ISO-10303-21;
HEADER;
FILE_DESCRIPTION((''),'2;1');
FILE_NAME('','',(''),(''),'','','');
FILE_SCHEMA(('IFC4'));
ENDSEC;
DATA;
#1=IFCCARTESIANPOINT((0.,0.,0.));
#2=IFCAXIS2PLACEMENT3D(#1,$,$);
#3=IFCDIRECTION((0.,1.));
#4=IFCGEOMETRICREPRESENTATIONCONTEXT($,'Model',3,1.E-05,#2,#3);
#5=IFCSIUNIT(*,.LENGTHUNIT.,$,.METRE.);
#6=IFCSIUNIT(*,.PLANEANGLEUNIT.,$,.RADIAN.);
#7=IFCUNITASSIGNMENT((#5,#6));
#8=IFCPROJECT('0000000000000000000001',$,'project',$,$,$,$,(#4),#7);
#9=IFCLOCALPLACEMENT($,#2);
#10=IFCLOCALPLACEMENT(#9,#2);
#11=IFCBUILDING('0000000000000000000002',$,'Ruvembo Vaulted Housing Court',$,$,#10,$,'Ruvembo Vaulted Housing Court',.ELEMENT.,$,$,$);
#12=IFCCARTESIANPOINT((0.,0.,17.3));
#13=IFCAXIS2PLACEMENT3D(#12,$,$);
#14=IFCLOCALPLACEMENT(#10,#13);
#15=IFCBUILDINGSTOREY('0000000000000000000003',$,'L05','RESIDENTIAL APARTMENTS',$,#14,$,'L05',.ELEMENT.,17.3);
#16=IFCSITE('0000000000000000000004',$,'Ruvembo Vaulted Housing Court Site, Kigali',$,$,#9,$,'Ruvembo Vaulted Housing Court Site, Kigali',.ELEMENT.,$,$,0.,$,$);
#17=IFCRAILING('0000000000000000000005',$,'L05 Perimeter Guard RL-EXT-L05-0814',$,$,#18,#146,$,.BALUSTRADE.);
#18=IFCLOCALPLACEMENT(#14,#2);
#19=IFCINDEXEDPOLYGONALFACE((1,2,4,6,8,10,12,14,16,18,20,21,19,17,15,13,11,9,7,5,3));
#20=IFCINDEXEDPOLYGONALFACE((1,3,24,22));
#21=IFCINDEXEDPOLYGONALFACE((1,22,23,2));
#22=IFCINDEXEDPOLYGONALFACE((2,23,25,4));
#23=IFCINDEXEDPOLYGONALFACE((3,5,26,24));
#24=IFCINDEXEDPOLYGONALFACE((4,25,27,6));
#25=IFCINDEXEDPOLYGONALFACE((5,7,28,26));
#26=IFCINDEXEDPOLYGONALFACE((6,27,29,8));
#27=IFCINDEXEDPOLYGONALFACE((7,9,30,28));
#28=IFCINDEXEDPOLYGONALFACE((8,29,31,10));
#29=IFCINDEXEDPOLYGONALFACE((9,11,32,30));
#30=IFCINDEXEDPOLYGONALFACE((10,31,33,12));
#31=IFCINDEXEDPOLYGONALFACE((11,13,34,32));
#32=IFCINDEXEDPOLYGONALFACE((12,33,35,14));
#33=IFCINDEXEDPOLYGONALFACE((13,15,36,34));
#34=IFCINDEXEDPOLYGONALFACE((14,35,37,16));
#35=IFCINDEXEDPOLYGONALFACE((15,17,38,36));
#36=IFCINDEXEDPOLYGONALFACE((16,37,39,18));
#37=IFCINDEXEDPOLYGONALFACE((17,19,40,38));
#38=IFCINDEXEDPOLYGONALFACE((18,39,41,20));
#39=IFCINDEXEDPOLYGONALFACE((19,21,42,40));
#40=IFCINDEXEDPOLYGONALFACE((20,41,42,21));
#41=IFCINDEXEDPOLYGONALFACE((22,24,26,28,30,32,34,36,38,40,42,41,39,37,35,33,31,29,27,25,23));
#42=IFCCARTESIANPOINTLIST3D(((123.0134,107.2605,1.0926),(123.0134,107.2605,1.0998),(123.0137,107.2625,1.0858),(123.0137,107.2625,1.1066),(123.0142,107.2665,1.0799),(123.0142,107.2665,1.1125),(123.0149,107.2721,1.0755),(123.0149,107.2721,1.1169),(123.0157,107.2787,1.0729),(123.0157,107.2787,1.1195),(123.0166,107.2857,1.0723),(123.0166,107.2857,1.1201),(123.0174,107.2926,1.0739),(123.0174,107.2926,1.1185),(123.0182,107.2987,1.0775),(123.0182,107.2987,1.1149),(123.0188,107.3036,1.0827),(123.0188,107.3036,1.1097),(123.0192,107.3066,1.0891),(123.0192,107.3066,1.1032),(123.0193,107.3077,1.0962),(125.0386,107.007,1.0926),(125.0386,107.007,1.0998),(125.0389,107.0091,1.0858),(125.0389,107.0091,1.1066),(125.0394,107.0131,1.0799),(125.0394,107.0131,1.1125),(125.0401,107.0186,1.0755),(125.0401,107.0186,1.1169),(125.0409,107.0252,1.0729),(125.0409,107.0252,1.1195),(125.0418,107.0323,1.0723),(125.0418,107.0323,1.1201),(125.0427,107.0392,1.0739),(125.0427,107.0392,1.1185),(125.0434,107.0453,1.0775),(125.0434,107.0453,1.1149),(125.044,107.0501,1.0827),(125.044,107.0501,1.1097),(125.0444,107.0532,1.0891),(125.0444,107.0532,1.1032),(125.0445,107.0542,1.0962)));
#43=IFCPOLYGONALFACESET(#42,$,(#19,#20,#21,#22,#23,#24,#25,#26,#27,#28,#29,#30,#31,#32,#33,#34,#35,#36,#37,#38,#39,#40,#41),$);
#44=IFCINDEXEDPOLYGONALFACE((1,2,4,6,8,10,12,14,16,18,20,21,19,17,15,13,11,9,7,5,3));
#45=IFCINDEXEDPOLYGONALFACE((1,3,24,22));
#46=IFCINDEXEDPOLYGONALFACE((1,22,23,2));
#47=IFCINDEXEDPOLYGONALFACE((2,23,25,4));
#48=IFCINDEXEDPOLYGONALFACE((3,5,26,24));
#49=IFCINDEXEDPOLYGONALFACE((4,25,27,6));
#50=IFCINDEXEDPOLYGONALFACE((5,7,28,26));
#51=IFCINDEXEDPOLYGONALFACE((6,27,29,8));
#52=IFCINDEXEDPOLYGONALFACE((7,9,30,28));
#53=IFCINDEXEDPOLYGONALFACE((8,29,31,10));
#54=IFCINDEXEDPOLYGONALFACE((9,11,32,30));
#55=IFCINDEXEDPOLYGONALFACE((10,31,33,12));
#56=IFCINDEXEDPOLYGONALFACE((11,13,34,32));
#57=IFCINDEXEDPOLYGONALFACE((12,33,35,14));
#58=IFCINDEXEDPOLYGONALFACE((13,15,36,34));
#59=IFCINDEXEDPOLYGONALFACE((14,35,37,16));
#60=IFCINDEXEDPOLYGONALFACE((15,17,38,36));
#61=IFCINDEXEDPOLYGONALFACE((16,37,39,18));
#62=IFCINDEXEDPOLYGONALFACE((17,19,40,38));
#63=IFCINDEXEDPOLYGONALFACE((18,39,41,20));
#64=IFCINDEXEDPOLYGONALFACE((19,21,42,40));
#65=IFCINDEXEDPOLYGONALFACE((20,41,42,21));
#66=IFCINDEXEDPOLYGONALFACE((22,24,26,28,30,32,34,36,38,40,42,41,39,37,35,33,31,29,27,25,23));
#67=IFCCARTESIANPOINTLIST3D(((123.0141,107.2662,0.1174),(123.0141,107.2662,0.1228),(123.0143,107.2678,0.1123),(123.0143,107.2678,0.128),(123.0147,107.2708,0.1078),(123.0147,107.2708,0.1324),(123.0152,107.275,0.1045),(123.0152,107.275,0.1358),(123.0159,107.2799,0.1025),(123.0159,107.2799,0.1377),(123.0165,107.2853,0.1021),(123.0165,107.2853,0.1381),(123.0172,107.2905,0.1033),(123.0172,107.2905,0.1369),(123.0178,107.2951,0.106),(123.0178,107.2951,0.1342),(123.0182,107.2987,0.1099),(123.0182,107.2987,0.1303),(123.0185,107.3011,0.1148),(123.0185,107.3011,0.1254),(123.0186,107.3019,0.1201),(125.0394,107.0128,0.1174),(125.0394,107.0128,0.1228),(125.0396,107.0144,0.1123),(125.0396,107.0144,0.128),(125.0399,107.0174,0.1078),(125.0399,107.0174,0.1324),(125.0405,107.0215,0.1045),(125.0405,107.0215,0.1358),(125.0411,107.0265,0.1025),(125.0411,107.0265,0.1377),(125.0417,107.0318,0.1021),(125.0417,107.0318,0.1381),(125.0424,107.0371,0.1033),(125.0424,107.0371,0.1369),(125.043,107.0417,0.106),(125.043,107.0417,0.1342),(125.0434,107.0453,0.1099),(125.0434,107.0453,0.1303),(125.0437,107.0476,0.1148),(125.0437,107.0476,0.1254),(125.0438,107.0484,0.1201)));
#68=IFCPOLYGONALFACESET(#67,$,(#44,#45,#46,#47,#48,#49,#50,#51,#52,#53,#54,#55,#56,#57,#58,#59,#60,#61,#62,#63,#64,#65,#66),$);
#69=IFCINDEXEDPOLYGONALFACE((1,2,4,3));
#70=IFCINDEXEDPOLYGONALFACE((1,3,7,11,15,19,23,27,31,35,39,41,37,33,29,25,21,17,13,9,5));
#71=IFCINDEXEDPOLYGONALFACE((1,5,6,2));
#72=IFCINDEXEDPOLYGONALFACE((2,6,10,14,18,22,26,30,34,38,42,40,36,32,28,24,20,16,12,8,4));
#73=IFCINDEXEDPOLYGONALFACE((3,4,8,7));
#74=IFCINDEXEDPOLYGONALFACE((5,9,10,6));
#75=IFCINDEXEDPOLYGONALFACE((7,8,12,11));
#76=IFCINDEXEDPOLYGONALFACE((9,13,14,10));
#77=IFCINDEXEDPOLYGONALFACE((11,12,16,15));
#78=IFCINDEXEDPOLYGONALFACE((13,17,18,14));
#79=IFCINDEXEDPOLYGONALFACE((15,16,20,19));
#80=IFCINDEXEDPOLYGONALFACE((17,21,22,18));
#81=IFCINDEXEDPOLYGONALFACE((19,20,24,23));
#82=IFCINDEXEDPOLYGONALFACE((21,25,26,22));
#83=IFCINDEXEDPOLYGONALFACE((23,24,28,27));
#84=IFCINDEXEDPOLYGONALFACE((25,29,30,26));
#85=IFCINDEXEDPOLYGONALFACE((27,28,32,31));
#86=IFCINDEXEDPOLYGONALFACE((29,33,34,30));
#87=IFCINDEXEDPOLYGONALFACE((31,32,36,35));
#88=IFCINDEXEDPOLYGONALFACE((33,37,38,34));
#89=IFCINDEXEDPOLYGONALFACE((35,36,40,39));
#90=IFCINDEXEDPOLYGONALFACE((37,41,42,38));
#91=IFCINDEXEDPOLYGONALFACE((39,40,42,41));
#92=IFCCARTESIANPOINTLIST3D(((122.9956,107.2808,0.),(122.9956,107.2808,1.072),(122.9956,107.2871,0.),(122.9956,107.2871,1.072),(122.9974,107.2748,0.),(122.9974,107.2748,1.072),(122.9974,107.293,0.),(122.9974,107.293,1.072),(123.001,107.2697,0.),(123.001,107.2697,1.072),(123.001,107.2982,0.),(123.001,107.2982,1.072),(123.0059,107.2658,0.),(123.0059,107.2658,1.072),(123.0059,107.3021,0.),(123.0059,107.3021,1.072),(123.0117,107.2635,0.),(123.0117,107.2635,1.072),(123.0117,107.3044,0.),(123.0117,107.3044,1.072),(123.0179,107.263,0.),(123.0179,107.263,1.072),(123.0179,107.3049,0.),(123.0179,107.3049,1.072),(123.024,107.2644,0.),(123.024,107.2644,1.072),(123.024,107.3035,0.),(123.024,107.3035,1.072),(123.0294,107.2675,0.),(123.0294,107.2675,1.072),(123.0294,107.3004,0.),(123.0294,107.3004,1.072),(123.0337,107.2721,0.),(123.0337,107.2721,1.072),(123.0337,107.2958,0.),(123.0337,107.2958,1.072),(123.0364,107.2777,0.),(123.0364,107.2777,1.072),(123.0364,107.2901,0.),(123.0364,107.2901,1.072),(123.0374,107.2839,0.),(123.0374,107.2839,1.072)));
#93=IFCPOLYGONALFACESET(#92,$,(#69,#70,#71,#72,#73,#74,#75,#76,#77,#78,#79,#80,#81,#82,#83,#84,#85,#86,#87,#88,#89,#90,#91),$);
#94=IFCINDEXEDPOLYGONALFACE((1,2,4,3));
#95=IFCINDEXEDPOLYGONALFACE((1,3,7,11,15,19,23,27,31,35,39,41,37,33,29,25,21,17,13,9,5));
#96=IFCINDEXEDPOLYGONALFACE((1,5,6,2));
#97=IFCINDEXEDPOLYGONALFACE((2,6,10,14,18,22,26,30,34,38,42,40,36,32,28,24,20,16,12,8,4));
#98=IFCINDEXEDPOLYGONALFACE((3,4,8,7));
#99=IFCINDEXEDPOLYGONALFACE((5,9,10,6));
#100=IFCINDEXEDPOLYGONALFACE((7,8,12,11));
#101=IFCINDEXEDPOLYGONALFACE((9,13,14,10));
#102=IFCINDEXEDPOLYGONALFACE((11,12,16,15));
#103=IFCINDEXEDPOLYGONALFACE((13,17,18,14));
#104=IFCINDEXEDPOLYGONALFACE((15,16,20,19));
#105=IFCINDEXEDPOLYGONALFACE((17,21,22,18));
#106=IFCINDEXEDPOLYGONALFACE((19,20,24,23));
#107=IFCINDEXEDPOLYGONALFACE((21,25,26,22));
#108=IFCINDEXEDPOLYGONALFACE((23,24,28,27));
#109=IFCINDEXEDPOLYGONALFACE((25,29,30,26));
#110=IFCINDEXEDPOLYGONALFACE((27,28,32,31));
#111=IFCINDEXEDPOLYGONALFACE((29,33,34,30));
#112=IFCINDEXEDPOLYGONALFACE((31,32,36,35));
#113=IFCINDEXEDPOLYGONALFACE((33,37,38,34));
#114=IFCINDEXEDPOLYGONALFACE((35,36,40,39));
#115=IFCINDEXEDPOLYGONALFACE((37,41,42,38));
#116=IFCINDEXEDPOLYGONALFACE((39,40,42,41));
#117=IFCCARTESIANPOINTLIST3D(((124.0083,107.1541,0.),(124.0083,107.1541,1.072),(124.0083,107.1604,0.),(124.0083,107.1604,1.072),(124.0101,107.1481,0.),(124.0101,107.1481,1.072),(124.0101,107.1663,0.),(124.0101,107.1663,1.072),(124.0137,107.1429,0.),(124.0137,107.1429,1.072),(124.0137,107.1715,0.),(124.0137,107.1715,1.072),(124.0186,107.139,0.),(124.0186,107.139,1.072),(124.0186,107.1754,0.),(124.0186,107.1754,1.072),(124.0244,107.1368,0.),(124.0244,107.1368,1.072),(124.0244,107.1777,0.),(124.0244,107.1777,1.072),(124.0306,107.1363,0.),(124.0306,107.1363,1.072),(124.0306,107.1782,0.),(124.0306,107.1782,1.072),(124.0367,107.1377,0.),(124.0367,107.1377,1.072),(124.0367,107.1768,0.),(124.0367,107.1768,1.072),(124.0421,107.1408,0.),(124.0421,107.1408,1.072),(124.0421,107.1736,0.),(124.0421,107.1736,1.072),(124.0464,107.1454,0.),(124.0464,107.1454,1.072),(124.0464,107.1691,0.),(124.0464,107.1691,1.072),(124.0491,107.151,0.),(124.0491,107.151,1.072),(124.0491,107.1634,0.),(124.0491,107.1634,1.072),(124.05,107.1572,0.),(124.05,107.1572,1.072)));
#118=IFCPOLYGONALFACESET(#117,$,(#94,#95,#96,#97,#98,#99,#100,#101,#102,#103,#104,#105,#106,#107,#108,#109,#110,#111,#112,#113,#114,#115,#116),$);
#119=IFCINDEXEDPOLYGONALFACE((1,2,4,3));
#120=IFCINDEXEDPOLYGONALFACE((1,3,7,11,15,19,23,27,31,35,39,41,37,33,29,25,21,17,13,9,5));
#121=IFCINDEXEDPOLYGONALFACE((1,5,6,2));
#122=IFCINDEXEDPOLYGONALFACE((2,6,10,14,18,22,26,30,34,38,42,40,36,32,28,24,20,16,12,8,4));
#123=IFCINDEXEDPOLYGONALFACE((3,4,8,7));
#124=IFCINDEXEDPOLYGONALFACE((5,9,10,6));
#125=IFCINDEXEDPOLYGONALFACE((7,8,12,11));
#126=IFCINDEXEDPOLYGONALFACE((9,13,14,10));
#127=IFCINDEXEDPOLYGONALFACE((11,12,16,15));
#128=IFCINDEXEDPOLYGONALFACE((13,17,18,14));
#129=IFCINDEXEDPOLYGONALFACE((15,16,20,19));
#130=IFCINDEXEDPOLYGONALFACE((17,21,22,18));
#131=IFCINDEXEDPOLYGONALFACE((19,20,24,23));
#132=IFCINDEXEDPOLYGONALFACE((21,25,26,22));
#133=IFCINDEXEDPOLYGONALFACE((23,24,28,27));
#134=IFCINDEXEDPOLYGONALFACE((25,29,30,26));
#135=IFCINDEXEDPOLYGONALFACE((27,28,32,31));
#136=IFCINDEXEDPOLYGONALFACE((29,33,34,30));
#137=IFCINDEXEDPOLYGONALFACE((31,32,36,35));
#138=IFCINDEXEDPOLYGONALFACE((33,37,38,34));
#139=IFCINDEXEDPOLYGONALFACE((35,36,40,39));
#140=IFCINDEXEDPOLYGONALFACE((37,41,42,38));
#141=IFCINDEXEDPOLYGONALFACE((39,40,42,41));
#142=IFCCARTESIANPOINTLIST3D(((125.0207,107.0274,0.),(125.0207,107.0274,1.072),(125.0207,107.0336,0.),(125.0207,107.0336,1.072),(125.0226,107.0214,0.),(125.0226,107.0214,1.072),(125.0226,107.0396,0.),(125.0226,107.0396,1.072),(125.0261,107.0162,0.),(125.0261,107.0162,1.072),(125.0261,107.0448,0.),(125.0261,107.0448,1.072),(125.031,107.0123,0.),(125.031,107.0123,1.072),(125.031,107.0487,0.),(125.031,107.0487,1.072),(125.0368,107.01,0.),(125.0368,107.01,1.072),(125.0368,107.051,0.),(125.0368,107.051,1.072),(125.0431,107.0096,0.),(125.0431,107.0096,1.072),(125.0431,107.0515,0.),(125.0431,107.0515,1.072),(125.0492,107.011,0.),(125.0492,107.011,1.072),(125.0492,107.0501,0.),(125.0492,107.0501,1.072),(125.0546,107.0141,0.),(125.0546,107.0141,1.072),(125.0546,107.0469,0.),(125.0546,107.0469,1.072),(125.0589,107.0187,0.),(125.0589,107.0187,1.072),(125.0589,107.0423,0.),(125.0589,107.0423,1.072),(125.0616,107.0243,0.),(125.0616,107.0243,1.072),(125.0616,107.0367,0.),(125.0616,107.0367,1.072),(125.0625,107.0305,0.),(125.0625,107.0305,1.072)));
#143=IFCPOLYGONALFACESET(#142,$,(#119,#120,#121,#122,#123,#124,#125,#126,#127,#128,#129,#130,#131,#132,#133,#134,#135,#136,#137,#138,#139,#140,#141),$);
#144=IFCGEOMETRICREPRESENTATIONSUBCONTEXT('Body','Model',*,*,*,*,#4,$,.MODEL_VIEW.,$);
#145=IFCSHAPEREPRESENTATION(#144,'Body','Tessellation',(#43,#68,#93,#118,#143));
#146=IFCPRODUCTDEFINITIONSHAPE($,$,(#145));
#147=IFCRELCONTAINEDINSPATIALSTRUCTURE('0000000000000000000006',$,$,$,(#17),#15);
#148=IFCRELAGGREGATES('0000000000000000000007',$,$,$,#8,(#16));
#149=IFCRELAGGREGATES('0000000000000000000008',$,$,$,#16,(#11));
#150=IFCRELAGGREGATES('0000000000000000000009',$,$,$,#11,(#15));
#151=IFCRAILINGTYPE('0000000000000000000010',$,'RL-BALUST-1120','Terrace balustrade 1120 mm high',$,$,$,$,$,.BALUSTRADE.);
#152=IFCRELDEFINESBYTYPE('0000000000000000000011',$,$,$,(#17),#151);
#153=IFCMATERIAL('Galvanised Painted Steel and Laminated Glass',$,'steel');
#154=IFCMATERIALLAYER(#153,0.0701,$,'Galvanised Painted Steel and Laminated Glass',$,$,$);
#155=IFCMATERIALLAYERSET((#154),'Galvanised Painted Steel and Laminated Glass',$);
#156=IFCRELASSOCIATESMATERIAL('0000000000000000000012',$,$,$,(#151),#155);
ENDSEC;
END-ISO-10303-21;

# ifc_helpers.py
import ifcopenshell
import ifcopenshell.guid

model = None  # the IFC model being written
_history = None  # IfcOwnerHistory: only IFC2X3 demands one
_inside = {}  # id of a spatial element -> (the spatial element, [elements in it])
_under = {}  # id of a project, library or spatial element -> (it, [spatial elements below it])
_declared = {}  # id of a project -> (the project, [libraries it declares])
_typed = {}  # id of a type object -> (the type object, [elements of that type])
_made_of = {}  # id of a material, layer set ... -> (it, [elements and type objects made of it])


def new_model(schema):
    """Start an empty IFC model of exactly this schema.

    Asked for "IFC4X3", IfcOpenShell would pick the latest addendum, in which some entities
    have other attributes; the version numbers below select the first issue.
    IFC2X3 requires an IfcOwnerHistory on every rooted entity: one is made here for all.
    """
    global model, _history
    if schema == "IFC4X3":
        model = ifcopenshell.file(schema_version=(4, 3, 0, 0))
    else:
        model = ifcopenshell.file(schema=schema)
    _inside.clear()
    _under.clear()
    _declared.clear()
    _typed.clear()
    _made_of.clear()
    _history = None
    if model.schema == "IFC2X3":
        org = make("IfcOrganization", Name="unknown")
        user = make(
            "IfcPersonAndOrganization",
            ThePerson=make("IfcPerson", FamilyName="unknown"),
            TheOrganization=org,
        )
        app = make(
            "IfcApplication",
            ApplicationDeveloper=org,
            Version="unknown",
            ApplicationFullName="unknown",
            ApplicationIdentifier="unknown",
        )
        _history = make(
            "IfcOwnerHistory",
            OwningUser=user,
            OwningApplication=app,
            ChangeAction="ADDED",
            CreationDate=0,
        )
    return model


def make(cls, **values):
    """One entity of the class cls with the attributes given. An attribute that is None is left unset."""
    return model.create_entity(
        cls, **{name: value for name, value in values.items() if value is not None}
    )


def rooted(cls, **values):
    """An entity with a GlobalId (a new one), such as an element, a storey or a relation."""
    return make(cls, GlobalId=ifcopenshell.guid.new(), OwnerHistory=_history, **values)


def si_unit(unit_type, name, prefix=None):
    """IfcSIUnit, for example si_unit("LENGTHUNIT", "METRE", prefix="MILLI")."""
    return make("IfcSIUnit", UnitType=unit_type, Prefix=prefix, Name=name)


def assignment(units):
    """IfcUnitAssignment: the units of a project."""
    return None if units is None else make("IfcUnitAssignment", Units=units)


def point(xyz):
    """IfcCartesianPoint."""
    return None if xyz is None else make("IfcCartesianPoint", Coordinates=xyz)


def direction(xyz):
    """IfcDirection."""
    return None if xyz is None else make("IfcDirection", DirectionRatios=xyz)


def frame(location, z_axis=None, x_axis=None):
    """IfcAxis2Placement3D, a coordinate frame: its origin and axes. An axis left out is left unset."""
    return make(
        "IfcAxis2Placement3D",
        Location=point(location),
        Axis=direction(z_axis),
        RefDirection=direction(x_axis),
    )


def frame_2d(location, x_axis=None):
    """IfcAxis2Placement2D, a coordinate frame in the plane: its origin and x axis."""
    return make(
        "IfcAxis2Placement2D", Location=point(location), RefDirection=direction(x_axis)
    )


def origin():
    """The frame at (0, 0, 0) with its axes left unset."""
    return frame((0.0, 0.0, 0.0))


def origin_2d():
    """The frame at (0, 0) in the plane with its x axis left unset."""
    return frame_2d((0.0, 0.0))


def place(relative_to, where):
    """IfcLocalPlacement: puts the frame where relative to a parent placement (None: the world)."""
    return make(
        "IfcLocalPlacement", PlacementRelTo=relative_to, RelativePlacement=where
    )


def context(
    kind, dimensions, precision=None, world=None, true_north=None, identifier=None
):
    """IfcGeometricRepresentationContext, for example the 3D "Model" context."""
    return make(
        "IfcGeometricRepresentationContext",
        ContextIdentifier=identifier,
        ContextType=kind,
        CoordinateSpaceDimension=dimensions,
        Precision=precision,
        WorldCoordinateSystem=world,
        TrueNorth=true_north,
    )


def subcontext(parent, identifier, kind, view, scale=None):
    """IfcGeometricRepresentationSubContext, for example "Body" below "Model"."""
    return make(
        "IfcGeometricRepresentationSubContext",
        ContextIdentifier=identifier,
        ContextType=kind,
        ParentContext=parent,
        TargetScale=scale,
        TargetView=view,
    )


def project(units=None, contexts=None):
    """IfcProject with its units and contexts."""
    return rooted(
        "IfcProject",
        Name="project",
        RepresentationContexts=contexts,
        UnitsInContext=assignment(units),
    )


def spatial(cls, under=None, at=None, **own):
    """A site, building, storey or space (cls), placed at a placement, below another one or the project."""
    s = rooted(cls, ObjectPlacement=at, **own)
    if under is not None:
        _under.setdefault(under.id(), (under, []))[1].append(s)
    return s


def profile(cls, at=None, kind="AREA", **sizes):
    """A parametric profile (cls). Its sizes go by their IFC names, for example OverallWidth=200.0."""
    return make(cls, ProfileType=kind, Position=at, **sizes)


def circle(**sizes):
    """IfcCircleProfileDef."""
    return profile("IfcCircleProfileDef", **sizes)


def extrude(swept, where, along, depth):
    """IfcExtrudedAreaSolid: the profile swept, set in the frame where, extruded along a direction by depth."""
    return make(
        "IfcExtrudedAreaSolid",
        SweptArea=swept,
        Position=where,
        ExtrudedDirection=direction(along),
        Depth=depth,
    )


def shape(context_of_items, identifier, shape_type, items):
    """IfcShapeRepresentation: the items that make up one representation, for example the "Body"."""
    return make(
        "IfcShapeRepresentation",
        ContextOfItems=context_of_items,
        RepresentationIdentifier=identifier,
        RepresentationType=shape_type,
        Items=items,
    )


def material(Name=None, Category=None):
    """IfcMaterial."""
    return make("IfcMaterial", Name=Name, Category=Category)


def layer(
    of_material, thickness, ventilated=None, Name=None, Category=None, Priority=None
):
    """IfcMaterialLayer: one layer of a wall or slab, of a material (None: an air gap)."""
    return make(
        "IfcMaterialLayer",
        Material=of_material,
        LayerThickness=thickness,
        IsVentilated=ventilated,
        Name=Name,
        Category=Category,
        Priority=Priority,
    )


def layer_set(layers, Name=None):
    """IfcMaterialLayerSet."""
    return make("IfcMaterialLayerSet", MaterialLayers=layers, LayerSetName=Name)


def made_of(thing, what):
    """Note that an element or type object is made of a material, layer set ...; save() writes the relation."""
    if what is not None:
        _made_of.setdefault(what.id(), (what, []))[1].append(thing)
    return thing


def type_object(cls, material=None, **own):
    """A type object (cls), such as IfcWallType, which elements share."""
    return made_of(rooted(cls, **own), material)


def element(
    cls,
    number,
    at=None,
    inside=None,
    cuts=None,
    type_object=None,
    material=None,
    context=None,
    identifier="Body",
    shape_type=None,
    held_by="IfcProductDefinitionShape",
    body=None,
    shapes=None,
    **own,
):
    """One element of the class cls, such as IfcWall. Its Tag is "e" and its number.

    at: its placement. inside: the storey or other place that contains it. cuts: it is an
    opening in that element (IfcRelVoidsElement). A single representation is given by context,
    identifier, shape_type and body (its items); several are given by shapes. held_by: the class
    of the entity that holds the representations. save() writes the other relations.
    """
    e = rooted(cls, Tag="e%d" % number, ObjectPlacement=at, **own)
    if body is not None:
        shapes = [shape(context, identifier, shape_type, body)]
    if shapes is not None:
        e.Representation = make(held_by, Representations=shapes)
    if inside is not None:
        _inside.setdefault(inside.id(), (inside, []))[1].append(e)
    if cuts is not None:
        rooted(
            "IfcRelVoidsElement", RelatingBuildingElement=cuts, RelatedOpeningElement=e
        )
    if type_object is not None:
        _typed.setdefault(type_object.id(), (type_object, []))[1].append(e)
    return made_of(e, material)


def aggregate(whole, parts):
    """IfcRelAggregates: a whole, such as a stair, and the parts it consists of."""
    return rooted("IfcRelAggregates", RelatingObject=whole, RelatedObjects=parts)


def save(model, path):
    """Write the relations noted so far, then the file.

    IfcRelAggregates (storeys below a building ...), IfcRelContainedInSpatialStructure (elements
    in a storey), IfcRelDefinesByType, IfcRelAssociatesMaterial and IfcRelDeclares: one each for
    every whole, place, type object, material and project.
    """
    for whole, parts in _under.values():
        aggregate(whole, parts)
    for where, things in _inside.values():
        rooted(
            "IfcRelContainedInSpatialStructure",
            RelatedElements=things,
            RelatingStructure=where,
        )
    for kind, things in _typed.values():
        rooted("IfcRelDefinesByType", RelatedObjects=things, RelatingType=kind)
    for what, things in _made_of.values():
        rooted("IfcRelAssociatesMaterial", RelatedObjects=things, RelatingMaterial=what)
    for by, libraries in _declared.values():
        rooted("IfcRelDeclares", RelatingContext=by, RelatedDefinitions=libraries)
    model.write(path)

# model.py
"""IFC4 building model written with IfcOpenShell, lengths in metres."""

from ifc_helpers import new_model, si_unit, direction, frame, origin, origin_2d, place, context, subcontext, project, spatial, circle, extrude, material, layer, layer_set, type_object, element, save


model = new_model("IFC4")

# Units and contexts
model_context = context("Model", 3, precision=1e-05, world=origin(), true_north=direction((0.0, 1.0)))
body_context = subcontext(model_context, "Body", "Model", "MODEL_VIEW")
ifc_project = project(units=[si_unit("LENGTHUNIT", "METRE"), si_unit("PLANEANGLEUNIT", "RADIAN")], contexts=[model_context])

# Site, building, storey
site_placement = place(None, origin())
site = spatial("IfcSite", under=ifc_project, at=site_placement, Name="Ruvembo Vaulted Housing Court Site, Kigali", LongName="Ruvembo Vaulted Housing Court Site, Kigali", CompositionType="ELEMENT", RefElevation=0.0)
building_placement = place(site_placement, origin())
building = spatial("IfcBuilding", under=site, at=building_placement, Name="Ruvembo Vaulted Housing Court", LongName="Ruvembo Vaulted Housing Court", CompositionType="ELEMENT")
storey_placement = place(building_placement, frame((0.0, 0.0, 17.3)))
storey = spatial("IfcBuildingStorey", under=building, at=storey_placement, Name="L05", Description="RESIDENTIAL APARTMENTS", LongName="L05", CompositionType="ELEMENT", Elevation=17.3)

# Railing
ifc_material_1 = material(Name="Galvanised Painted Steel and Laminated Glass", Category="steel")
ifc_layer_1 = layer(ifc_material_1, 0.0701, Name="Galvanised Painted Steel and Laminated Glass")
ifc_layer_set_1 = layer_set([ifc_layer_1], Name="Galvanised Painted Steel and Laminated Glass")
railing_type = type_object("IfcRailingType", Name="RL-BALUST-1120", Description="Terrace balustrade 1120 mm high", PredefinedType="BALUSTRADE", material=ifc_layer_set_1)
railing_1_placement = place(storey_placement, frame((123.0164, 107.2839, 0.0)))
element("IfcRailing", 1, at=railing_1_placement, inside=storey, type_object=railing_type, Name="L05 Perimeter Guard RL-EXT-L05-0814", PredefinedType="BALUSTRADE", context=body_context, shape_type="SweptSolid", body=[
    extrude(circle(Radius=0.0239, at=origin_2d()), frame((0.0, 0.0, 1.0962), z_axis=(0.992261, -0.124167, 0.0), x_axis=(0.124167, 0.992261, 0.0)), (0.0, 0.0, 1.0), 2.041),
    extrude(circle(Radius=0.0181, at=origin_2d()), frame((0.0, 0.0, 0.1201), z_axis=(0.992261, -0.124167, 0.0), x_axis=(0.124167, 0.992261, 0.0)), (0.0, 0.0, 1.0), 2.041),
    extrude(circle(Radius=0.021, at=origin_2d()), origin(), (0.0, 0.0, 1.0), 1.072),
    extrude(circle(Radius=0.021, at=origin_2d()), frame((1.0127, -0.1267, 0.0)), (0.0, 0.0, 1.0), 1.072),
    extrude(circle(Radius=0.021, at=origin_2d()), frame((2.0251, -0.2534, 0.0)), (0.0, 0.0, 1.0), 1.072),
])

save(model, "model.ifc")
